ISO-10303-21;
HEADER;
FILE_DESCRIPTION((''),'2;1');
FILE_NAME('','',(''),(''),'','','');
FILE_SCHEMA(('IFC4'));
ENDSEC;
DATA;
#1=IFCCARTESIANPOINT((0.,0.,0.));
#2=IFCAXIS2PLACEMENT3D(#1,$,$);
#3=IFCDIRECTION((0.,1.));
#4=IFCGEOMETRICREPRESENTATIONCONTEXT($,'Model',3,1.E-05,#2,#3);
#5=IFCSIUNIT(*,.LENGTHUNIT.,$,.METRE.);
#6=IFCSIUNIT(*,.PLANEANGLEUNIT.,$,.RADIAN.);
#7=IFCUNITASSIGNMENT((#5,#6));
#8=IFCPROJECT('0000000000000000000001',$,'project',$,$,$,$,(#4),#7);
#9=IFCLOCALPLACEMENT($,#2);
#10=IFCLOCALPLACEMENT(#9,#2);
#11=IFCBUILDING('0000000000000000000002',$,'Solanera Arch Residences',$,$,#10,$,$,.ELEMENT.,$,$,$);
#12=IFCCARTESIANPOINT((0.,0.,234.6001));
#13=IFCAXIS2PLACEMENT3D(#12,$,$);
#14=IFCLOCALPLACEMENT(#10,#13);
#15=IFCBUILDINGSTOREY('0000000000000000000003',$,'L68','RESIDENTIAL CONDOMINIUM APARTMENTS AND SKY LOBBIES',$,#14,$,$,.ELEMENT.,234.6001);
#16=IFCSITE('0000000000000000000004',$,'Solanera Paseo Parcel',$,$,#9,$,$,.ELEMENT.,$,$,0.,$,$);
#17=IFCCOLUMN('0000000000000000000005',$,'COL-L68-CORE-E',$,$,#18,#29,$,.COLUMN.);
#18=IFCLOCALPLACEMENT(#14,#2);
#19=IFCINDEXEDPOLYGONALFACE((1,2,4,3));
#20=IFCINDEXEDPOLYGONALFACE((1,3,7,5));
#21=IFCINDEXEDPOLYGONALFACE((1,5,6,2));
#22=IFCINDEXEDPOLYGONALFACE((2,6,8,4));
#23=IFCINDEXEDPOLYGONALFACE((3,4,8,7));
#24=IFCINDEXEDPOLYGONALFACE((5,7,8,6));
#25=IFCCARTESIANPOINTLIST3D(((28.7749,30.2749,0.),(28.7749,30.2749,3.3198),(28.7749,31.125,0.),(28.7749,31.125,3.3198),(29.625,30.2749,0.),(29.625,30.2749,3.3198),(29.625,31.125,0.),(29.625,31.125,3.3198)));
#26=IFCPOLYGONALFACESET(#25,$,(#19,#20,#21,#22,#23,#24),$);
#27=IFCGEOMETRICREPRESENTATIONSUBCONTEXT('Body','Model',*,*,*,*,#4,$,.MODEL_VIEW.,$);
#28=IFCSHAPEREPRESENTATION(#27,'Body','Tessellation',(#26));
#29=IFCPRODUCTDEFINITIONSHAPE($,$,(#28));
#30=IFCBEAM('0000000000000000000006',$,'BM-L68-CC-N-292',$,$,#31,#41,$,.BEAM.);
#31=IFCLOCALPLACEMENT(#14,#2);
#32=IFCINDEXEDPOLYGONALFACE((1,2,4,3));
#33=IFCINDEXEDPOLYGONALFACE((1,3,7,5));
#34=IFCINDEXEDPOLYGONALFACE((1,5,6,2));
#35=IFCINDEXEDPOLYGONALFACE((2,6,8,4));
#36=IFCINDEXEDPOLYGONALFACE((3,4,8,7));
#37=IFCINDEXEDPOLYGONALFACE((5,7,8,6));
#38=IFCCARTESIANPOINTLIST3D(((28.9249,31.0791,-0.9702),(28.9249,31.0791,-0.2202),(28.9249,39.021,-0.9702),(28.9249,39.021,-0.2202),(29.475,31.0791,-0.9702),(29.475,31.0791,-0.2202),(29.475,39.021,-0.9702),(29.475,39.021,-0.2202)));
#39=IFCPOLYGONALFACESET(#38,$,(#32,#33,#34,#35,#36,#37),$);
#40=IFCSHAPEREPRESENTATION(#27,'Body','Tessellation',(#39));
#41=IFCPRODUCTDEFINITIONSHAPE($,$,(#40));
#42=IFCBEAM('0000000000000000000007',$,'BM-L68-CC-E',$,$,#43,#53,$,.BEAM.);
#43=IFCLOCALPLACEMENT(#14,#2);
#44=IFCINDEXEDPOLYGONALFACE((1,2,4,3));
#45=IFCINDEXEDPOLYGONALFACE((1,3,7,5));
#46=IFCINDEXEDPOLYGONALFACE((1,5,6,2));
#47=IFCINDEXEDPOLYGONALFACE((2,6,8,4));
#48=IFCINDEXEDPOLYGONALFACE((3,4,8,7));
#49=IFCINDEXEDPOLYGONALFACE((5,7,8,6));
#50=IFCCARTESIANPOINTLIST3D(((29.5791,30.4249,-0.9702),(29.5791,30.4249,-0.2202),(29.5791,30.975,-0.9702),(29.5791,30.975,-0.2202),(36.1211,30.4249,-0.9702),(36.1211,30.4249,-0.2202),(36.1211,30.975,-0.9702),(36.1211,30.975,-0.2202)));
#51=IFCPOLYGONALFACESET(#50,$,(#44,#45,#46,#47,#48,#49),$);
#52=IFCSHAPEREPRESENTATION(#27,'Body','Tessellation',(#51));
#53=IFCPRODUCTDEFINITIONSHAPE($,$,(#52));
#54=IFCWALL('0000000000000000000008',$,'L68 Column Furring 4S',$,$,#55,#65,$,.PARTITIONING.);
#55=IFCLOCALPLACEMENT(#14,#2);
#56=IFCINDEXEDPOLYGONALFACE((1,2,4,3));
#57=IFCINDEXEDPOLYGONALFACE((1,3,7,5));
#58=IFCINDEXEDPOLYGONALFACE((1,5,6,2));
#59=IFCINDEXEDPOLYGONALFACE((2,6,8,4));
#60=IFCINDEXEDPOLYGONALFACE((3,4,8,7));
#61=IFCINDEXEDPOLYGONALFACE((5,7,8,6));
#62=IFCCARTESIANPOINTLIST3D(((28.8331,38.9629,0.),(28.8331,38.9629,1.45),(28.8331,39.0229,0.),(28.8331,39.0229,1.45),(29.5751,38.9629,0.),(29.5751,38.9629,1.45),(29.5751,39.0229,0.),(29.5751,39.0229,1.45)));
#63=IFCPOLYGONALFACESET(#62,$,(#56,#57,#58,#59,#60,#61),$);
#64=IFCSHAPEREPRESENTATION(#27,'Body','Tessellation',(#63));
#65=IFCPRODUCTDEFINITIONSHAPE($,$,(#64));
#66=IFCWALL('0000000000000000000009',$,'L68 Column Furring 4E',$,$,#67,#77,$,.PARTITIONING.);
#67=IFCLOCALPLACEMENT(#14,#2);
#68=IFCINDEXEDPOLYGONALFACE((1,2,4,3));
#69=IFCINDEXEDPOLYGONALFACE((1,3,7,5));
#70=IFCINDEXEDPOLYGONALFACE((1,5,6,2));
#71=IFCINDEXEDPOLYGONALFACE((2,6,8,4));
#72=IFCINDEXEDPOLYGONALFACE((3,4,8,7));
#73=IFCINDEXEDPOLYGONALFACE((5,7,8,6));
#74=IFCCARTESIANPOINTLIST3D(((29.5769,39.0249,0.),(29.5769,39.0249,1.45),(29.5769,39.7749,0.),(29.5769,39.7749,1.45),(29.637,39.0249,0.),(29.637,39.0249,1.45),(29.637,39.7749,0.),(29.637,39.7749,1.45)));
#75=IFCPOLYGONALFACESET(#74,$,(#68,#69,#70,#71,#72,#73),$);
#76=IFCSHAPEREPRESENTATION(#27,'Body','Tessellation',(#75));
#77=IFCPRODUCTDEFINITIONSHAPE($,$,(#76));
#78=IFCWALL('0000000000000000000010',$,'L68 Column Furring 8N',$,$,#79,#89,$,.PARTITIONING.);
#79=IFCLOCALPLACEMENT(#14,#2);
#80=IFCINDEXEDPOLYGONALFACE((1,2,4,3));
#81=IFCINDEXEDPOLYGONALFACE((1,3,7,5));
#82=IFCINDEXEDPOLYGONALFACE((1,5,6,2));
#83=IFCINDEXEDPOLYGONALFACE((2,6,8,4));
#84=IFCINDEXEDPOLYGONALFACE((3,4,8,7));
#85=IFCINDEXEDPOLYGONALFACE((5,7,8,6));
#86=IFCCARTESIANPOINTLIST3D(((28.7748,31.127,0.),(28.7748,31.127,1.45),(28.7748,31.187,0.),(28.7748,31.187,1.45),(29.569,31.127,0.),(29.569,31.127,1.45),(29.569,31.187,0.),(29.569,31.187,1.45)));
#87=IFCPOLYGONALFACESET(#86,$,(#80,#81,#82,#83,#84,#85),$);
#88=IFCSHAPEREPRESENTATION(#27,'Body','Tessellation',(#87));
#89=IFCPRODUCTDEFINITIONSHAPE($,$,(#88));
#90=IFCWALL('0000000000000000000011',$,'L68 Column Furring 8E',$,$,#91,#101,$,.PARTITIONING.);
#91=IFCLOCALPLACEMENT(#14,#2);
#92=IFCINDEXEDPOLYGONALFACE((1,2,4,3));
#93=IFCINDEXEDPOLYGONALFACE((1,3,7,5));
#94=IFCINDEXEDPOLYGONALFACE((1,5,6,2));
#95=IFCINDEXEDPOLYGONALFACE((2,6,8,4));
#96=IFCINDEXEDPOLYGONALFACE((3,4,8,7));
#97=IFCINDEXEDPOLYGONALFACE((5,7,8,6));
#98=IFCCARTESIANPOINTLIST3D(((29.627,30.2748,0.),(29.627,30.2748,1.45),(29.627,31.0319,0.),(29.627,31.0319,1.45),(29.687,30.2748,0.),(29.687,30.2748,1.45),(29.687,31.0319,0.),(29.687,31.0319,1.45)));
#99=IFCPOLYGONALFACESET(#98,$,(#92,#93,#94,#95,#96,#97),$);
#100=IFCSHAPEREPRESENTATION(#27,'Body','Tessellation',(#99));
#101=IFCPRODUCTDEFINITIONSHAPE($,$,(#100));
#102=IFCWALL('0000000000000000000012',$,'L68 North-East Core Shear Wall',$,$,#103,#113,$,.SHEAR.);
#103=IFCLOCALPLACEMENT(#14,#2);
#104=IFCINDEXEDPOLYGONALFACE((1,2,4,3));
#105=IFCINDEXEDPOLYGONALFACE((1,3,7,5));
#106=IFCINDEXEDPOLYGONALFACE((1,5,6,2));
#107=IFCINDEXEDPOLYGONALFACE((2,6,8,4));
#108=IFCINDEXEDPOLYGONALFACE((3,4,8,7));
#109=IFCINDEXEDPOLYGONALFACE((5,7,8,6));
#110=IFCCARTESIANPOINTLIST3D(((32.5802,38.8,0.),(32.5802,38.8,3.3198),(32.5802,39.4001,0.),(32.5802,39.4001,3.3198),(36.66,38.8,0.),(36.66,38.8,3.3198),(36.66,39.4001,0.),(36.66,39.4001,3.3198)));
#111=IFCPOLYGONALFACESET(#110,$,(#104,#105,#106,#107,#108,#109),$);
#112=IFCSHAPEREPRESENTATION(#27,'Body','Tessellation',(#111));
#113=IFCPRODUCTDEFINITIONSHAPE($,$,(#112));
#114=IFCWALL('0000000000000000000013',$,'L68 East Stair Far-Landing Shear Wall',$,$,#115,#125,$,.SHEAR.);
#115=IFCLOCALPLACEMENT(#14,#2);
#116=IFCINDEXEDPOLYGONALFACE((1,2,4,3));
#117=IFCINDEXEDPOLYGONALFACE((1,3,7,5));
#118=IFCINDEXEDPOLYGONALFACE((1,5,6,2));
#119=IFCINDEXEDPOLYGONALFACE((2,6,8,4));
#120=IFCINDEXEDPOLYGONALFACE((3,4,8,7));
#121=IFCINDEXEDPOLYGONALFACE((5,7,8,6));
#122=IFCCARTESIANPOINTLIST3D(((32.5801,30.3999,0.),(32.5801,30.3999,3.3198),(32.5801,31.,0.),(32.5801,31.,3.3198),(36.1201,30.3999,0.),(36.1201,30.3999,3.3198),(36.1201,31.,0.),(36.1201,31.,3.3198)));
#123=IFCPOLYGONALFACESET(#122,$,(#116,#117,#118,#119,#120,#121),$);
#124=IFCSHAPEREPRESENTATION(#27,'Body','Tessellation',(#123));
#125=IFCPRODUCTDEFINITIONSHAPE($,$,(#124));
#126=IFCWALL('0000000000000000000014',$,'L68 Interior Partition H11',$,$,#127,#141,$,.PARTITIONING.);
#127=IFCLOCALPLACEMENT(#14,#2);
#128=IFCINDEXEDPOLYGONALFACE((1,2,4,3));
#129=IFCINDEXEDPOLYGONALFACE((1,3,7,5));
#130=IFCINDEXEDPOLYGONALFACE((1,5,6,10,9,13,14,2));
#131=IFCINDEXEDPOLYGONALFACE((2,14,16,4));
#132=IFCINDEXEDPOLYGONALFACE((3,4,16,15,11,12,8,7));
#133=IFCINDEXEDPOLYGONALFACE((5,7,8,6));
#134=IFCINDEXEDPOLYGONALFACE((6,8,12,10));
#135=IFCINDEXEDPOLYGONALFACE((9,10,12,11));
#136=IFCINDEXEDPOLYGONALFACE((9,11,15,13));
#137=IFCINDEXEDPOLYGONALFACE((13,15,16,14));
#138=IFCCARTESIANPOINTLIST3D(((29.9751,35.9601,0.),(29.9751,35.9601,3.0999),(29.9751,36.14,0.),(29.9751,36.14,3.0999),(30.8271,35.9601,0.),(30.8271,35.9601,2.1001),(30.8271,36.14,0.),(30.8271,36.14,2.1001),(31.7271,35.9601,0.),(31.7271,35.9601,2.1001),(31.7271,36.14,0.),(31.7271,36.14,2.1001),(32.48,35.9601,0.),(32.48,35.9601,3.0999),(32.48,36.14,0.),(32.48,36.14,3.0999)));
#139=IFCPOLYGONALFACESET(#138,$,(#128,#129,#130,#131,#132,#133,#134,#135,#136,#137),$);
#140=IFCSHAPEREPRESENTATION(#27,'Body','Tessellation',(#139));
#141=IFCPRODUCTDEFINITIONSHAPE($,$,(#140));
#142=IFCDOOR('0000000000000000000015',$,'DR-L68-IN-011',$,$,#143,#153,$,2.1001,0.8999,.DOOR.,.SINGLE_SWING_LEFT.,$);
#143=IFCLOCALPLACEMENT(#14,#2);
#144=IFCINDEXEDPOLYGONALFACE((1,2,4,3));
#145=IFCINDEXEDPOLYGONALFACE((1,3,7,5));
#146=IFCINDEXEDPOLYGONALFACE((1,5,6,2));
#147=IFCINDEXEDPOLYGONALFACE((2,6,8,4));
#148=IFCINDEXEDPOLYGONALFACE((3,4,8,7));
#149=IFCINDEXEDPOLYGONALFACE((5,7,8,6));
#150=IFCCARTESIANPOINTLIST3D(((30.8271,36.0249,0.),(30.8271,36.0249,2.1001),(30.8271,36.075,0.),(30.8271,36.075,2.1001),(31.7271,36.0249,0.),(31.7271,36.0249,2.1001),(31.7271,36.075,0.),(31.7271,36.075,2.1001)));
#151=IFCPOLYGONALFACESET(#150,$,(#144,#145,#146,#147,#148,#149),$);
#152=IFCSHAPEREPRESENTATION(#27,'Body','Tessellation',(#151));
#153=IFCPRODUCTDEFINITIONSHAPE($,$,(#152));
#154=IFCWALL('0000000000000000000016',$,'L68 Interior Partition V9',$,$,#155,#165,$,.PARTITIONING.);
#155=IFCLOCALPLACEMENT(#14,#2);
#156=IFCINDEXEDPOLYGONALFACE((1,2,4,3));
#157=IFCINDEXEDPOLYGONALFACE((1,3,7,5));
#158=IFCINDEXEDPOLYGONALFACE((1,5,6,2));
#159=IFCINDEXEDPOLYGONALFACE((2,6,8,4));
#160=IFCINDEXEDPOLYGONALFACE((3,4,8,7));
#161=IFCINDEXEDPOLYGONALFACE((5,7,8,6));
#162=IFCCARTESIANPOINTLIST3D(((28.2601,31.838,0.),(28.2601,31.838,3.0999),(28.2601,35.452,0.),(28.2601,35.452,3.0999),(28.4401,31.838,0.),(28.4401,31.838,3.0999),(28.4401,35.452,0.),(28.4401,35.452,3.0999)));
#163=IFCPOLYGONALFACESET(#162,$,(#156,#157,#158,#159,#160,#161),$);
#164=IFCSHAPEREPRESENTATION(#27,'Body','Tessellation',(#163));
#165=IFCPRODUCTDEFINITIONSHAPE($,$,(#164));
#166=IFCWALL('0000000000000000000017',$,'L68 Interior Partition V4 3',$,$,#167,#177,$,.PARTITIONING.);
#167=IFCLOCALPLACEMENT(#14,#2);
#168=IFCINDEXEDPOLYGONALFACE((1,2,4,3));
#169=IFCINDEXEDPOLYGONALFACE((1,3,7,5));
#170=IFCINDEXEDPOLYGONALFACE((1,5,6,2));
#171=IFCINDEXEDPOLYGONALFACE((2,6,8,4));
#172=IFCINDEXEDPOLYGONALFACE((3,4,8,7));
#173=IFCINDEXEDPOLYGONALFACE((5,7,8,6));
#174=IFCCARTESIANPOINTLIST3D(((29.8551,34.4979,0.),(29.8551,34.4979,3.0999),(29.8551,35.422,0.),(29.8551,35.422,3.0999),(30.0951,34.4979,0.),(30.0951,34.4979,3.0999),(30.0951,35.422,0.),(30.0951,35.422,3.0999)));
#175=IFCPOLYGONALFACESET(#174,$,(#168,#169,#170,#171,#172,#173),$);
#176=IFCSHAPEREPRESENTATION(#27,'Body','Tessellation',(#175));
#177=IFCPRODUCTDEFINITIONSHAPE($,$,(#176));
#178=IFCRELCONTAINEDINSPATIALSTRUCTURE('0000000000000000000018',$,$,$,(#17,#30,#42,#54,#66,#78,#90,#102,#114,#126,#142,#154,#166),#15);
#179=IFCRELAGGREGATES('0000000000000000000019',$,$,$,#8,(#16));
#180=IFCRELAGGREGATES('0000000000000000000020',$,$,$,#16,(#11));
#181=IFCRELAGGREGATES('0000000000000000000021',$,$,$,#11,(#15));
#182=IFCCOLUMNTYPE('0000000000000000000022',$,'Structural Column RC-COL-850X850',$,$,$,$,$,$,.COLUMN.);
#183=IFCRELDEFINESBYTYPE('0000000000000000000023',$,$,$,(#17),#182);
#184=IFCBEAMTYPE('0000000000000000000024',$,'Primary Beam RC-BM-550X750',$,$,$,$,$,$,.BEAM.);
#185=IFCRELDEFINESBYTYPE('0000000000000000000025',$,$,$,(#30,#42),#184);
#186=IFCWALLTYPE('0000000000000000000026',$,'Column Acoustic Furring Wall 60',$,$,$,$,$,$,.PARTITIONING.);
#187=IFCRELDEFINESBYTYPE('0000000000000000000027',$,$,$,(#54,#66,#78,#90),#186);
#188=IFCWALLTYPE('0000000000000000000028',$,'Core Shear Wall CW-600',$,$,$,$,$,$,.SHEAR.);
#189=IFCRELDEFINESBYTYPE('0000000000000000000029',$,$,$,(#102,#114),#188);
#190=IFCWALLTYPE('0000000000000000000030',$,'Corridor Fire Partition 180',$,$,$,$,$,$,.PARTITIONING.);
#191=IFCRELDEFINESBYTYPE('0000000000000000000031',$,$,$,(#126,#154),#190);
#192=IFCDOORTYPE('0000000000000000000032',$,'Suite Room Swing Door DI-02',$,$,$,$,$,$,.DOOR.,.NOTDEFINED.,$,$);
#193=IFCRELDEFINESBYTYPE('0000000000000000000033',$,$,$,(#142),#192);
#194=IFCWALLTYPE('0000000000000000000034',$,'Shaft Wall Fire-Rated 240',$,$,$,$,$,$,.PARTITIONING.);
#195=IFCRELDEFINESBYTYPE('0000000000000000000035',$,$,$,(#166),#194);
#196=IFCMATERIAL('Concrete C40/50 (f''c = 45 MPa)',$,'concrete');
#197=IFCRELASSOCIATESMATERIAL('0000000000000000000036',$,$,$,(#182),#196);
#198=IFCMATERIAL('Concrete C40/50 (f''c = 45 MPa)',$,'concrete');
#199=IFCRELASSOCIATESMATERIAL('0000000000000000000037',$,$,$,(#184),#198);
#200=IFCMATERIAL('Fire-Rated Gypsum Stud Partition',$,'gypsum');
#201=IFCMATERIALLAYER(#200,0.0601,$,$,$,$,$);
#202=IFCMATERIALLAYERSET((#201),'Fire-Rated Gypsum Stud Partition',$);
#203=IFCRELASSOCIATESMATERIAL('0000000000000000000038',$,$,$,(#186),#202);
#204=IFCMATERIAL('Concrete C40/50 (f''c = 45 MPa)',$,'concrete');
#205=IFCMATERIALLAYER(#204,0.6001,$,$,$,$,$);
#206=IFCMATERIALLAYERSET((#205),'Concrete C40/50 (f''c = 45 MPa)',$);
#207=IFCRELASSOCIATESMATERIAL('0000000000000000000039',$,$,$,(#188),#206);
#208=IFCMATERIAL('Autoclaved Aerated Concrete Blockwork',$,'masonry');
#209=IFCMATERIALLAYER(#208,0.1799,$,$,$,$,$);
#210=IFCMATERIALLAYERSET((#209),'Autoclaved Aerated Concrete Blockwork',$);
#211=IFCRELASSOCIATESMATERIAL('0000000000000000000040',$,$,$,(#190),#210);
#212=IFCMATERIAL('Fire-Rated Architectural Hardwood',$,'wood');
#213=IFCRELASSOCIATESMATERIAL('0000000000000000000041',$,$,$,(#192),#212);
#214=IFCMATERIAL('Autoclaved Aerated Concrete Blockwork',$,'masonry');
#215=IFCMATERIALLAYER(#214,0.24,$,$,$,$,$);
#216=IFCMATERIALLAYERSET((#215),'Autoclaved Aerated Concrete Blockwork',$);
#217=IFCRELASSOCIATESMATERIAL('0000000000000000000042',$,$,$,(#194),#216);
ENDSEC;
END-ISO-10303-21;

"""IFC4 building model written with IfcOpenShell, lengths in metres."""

from ifc_helpers import new_model, si_unit, direction, frame, frame_2d, origin, origin_2d, place, context, subcontext, project, spatial, rectangle, extrude, material, layer, layer_set, material_profile, profile_set, type_object, element, fill, save


model = new_model("IFC4")

# Units and contexts
model_context = context("Model", 3, precision=1e-05, world=origin(), true_north=direction((0.0, 1.0)))
body_context = subcontext(model_context, "Body", "Model", "MODEL_VIEW")
ifc_project = project(units=[si_unit("LENGTHUNIT", "METRE"), si_unit("PLANEANGLEUNIT", "RADIAN")], contexts=[model_context])

# Site, building, storey
site_placement = place(None, origin())
site = spatial("IfcSite", under=ifc_project, at=site_placement, Name="Solanera Paseo Parcel", CompositionType="ELEMENT", RefElevation=0.0)
building_placement = place(site_placement, origin())
building = spatial("IfcBuilding", under=site, at=building_placement, Name="Solanera Arch Residences", CompositionType="ELEMENT")
storey_placement = place(building_placement, frame((0.0, 0.0, 234.6001)))
storey = spatial("IfcBuildingStorey", under=building, at=storey_placement, Name="L68", Description="RESIDENTIAL CONDOMINIUM APARTMENTS AND SKY LOBBIES", CompositionType="ELEMENT", Elevation=234.6001)

# Column
ifc_material_1 = material(Name="Concrete C40/50 (f'c = 45 MPa)", Category="concrete")
ifc_material_profile_1 = material_profile(ifc_material_1, rectangle(XDim=0.8501, YDim=0.8501, at=origin_2d()))
ifc_profile_set_1 = profile_set([ifc_material_profile_1], Name="Concrete C40/50 (f'c = 45 MPa)")
column_type = type_object("IfcColumnType", Name="Structural Column RC-COL-850X850", PredefinedType="COLUMN", material=ifc_profile_set_1)
column_placement = place(storey_placement, frame((29.2, 30.7, 0.0), z_axis=(0.0, 0.0, 1.0), x_axis=(1.0, 0.0, 0.0)))
element("IfcColumn", 1, at=column_placement, inside=storey, type_object=column_type, Name="COL-L68-CORE-E", PredefinedType="COLUMN", context=body_context, shape_type="SweptSolid", body=[
    extrude(rectangle(XDim=0.8501, YDim=0.8501, at=origin_2d()), origin(), (0.0, 0.0, 1.0), 3.3198),
])

# Beams
ifc_material_2 = material(Name="Concrete C40/50 (f'c = 45 MPa)", Category="concrete")
ifc_material_profile_2 = material_profile(ifc_material_2, rectangle(XDim=0.55, YDim=0.75, at=origin_2d()))
ifc_profile_set_2 = profile_set([ifc_material_profile_2], Name="Concrete C40/50 (f'c = 45 MPa)")
beam_type = type_object("IfcBeamType", Name="Primary Beam RC-BM-550X750", PredefinedType="BEAM", material=ifc_profile_set_2)
beam_1_placement = place(storey_placement, frame((29.2, 31.0791, -0.5952), z_axis=(0.0, 1.0, 0.0), x_axis=(-1.0, 0.0, 0.0)))
element("IfcBeam", 2, at=beam_1_placement, inside=storey, type_object=beam_type, Name="BM-L68-CC-N-292", PredefinedType="BEAM", context=body_context, shape_type="SweptSolid", body=[
    extrude(rectangle(XDim=0.55, YDim=0.75, at=origin_2d()), origin(), (0.0, 0.0, 1.0), 7.9419),
])
beam_2_placement = place(storey_placement, frame((29.5791, 30.7, -0.5952), z_axis=(1.0, 0.0, 0.0), x_axis=(0.0, 1.0, 0.0)))
element("IfcBeam", 3, at=beam_2_placement, inside=storey, type_object=beam_type, Name="BM-L68-CC-E", PredefinedType="BEAM", context=body_context, shape_type="SweptSolid", body=[
    extrude(rectangle(XDim=0.55, YDim=0.75, at=origin_2d()), origin(), (0.0, 0.0, 1.0), 6.542),
])

# Walls
ifc_material_3 = material(Name="Fire-Rated Gypsum Stud Partition", Category="gypsum")
ifc_layer_1 = layer(ifc_material_3, 0.0601)
ifc_layer_set_1 = layer_set([ifc_layer_1], Name="Fire-Rated Gypsum Stud Partition")
wall_type_1 = type_object("IfcWallType", Name="Column Acoustic Furring Wall 60", PredefinedType="PARTITIONING", material=ifc_layer_set_1)
wall_1_placement = place(storey_placement, frame((28.833, 38.9929, 0.0), z_axis=(0.0, 0.0, 1.0), x_axis=(1.0, 0.0, 0.0)))
element("IfcWall", 4, at=wall_1_placement, inside=storey, type_object=wall_type_1, Name="L68 Column Furring 4S", PredefinedType="PARTITIONING", context=body_context, shape_type="SweptSolid", body=[
    extrude(rectangle(XDim=0.7419, YDim=0.0601, at=frame_2d((0.3711, 0.0))), origin(), (0.0, 0.0, 1.0), 1.45),
])
wall_2_placement = place(storey_placement, frame((29.6069, 39.0249, 0.0), z_axis=(0.0, 0.0, 1.0), x_axis=(0.0, 1.0, 0.0)))
element("IfcWall", 5, at=wall_2_placement, inside=storey, type_object=wall_type_1, Name="L68 Column Furring 4E", PredefinedType="PARTITIONING", context=body_context, shape_type="SweptSolid", body=[
    extrude(rectangle(XDim=0.75, YDim=0.0601, at=frame_2d((0.375, 0.0))), origin(), (0.0, 0.0, 1.0), 1.45),
])
wall_3_placement = place(storey_placement, frame((28.7749, 31.157, 0.0), z_axis=(0.0, 0.0, 1.0), x_axis=(1.0, 0.0, 0.0)))
element("IfcWall", 6, at=wall_3_placement, inside=storey, type_object=wall_type_1, Name="L68 Column Furring 8N", PredefinedType="PARTITIONING", context=body_context, shape_type="SweptSolid", body=[
    extrude(rectangle(XDim=0.7942, YDim=0.0601, at=frame_2d((0.397, 0.0))), origin(), (0.0, 0.0, 1.0), 1.45),
])
wall_4_placement = place(storey_placement, frame((29.657, 30.2749, 0.0), z_axis=(0.0, 0.0, 1.0), x_axis=(0.0, 1.0, 0.0)))
element("IfcWall", 7, at=wall_4_placement, inside=storey, type_object=wall_type_1, Name="L68 Column Furring 8E", PredefinedType="PARTITIONING", context=body_context, shape_type="SweptSolid", body=[
    extrude(rectangle(XDim=0.7571, YDim=0.0601, at=frame_2d((0.3784, 0.0))), origin(), (0.0, 0.0, 1.0), 1.45),
])

# Walls
ifc_material_4 = material(Name="Concrete C40/50 (f'c = 45 MPa)", Category="concrete")
ifc_layer_2 = layer(ifc_material_4, 0.6001)
ifc_layer_set_2 = layer_set([ifc_layer_2], Name="Concrete C40/50 (f'c = 45 MPa)")
wall_type_2 = type_object("IfcWallType", Name="Core Shear Wall CW-600", PredefinedType="SHEAR", material=ifc_layer_set_2)
wall_5_placement = place(storey_placement, frame((32.5801, 39.1001, 0.0), z_axis=(0.0, 0.0, 1.0), x_axis=(1.0, 0.0, 0.0)))
element("IfcWall", 8, at=wall_5_placement, inside=storey, type_object=wall_type_2, Name="L68 North-East Core Shear Wall", PredefinedType="SHEAR", context=body_context, shape_type="SweptSolid", body=[
    extrude(rectangle(XDim=4.0798, YDim=0.6001, at=frame_2d((2.04, 0.0))), origin(), (0.0, 0.0, 1.0), 3.3198),
])
wall_6_placement = place(storey_placement, frame((32.5801, 30.7, 0.0), z_axis=(0.0, 0.0, 1.0), x_axis=(1.0, 0.0, 0.0)))
element("IfcWall", 9, at=wall_6_placement, inside=storey, type_object=wall_type_2, Name="L68 East Stair Far-Landing Shear Wall", PredefinedType="SHEAR", context=body_context, shape_type="SweptSolid", body=[
    extrude(rectangle(XDim=3.54, YDim=0.6001, at=frame_2d((1.77, 0.0))), origin(), (0.0, 0.0, 1.0), 3.3198),
])

# Wall, opening, door
ifc_material_5 = material(Name="Autoclaved Aerated Concrete Blockwork", Category="masonry")
ifc_layer_3 = layer(ifc_material_5, 0.1799)
ifc_layer_set_3 = layer_set([ifc_layer_3], Name="Autoclaved Aerated Concrete Blockwork")
wall_type_3 = type_object("IfcWallType", Name="Corridor Fire Partition 180", PredefinedType="PARTITIONING", material=ifc_layer_set_3)
wall_7_placement = place(storey_placement, frame((29.9751, 36.05, 0.0), z_axis=(0.0, 0.0, 1.0), x_axis=(1.0, 0.0, 0.0)))
wall_7 = element("IfcWall", 10, at=wall_7_placement, inside=storey, type_object=wall_type_3, Name="L68 Interior Partition H11", PredefinedType="PARTITIONING", context=body_context, shape_type="SweptSolid", body=[
    extrude(rectangle(XDim=2.5049, YDim=0.1799, at=frame_2d((1.2524, 0.0))), origin(), (0.0, 0.0, 1.0), 3.0999),
])
opening_1_placement = place(wall_7_placement, frame((0.8521, 0.0, 0.0)))
opening_1 = element("IfcOpeningElement", 11, at=opening_1_placement, cuts=wall_7, PredefinedType="OPENING", context=body_context, shape_type="SweptSolid", body=[
    extrude(rectangle(XDim=0.8999, YDim=2.1001, at=frame_2d((0.45, 1.05))), frame((0.0, 0.1001, 0.0), z_axis=(0.0, -1.0, 0.0), x_axis=(1.0, 0.0, 0.0)), (0.0, 0.0, 1.0), 0.1999),
])
ifc_material_6 = material(Name="Fire-Rated Architectural Hardwood", Category="wood")
door_type_1 = type_object("IfcDoorType", Name="Suite Room Swing Door DI-02", OperationType="NOTDEFINED", PredefinedType="DOOR", material=ifc_material_6)
door_1_placement = place(opening_1_placement, origin())
door_1 = element("IfcDoor", 12, at=door_1_placement, inside=storey, type_object=door_type_1, Name="DR-L68-IN-011", OperationType="SINGLE_SWING_LEFT", OverallHeight=2.1001, OverallWidth=0.8999, PredefinedType="DOOR", context=body_context, shape_type="SweptSolid", body=[
    extrude(rectangle(XDim=0.8999, YDim=2.1001, at=frame_2d((0.45, 1.05))), frame((0.0, 0.0249, 0.0), z_axis=(0.0, -1.0, 0.0), x_axis=(1.0, 0.0, 0.0)), (0.0, 0.0, 1.0), 0.05),
])
fill(opening_1, door_1)

# Wall
wall_8_placement = place(storey_placement, frame((28.3501, 31.8379, 0.0), z_axis=(0.0, 0.0, 1.0), x_axis=(0.0, 1.0, 0.0)))
element("IfcWall", 13, at=wall_8_placement, inside=storey, type_object=wall_type_3, Name="L68 Interior Partition V9", PredefinedType="PARTITIONING", context=body_context, shape_type="SweptSolid", body=[
    extrude(rectangle(XDim=3.614, YDim=0.1799, at=frame_2d((1.8071, 0.0))), origin(), (0.0, 0.0, 1.0), 3.0999),
])

# Shared definitions
ifc_material_7 = material(Name="Autoclaved Aerated Concrete Blockwork", Category="masonry")
ifc_layer_4 = layer(ifc_material_7, 0.24)
ifc_layer_set_4 = layer_set([ifc_layer_4], Name="Autoclaved Aerated Concrete Blockwork")
wall_type_4 = type_object("IfcWallType", Name="Shaft Wall Fire-Rated 240", PredefinedType="PARTITIONING", material=ifc_layer_set_4)

# Wall
wall_9_placement = place(storey_placement, frame((29.9751, 34.498, 0.0), z_axis=(0.0, 0.0, 1.0), x_axis=(0.0, 1.0, 0.0)))
element("IfcWall", 14, at=wall_9_placement, inside=storey, type_object=wall_type_4, Name="L68 Interior Partition V4 3", PredefinedType="PARTITIONING", context=body_context, shape_type="SweptSolid", body=[
    extrude(rectangle(XDim=0.9241, YDim=0.24, at=frame_2d((0.4619, 0.0))), origin(), (0.0, 0.0, 1.0), 3.0999),
])

save(model, "model.ifc")
